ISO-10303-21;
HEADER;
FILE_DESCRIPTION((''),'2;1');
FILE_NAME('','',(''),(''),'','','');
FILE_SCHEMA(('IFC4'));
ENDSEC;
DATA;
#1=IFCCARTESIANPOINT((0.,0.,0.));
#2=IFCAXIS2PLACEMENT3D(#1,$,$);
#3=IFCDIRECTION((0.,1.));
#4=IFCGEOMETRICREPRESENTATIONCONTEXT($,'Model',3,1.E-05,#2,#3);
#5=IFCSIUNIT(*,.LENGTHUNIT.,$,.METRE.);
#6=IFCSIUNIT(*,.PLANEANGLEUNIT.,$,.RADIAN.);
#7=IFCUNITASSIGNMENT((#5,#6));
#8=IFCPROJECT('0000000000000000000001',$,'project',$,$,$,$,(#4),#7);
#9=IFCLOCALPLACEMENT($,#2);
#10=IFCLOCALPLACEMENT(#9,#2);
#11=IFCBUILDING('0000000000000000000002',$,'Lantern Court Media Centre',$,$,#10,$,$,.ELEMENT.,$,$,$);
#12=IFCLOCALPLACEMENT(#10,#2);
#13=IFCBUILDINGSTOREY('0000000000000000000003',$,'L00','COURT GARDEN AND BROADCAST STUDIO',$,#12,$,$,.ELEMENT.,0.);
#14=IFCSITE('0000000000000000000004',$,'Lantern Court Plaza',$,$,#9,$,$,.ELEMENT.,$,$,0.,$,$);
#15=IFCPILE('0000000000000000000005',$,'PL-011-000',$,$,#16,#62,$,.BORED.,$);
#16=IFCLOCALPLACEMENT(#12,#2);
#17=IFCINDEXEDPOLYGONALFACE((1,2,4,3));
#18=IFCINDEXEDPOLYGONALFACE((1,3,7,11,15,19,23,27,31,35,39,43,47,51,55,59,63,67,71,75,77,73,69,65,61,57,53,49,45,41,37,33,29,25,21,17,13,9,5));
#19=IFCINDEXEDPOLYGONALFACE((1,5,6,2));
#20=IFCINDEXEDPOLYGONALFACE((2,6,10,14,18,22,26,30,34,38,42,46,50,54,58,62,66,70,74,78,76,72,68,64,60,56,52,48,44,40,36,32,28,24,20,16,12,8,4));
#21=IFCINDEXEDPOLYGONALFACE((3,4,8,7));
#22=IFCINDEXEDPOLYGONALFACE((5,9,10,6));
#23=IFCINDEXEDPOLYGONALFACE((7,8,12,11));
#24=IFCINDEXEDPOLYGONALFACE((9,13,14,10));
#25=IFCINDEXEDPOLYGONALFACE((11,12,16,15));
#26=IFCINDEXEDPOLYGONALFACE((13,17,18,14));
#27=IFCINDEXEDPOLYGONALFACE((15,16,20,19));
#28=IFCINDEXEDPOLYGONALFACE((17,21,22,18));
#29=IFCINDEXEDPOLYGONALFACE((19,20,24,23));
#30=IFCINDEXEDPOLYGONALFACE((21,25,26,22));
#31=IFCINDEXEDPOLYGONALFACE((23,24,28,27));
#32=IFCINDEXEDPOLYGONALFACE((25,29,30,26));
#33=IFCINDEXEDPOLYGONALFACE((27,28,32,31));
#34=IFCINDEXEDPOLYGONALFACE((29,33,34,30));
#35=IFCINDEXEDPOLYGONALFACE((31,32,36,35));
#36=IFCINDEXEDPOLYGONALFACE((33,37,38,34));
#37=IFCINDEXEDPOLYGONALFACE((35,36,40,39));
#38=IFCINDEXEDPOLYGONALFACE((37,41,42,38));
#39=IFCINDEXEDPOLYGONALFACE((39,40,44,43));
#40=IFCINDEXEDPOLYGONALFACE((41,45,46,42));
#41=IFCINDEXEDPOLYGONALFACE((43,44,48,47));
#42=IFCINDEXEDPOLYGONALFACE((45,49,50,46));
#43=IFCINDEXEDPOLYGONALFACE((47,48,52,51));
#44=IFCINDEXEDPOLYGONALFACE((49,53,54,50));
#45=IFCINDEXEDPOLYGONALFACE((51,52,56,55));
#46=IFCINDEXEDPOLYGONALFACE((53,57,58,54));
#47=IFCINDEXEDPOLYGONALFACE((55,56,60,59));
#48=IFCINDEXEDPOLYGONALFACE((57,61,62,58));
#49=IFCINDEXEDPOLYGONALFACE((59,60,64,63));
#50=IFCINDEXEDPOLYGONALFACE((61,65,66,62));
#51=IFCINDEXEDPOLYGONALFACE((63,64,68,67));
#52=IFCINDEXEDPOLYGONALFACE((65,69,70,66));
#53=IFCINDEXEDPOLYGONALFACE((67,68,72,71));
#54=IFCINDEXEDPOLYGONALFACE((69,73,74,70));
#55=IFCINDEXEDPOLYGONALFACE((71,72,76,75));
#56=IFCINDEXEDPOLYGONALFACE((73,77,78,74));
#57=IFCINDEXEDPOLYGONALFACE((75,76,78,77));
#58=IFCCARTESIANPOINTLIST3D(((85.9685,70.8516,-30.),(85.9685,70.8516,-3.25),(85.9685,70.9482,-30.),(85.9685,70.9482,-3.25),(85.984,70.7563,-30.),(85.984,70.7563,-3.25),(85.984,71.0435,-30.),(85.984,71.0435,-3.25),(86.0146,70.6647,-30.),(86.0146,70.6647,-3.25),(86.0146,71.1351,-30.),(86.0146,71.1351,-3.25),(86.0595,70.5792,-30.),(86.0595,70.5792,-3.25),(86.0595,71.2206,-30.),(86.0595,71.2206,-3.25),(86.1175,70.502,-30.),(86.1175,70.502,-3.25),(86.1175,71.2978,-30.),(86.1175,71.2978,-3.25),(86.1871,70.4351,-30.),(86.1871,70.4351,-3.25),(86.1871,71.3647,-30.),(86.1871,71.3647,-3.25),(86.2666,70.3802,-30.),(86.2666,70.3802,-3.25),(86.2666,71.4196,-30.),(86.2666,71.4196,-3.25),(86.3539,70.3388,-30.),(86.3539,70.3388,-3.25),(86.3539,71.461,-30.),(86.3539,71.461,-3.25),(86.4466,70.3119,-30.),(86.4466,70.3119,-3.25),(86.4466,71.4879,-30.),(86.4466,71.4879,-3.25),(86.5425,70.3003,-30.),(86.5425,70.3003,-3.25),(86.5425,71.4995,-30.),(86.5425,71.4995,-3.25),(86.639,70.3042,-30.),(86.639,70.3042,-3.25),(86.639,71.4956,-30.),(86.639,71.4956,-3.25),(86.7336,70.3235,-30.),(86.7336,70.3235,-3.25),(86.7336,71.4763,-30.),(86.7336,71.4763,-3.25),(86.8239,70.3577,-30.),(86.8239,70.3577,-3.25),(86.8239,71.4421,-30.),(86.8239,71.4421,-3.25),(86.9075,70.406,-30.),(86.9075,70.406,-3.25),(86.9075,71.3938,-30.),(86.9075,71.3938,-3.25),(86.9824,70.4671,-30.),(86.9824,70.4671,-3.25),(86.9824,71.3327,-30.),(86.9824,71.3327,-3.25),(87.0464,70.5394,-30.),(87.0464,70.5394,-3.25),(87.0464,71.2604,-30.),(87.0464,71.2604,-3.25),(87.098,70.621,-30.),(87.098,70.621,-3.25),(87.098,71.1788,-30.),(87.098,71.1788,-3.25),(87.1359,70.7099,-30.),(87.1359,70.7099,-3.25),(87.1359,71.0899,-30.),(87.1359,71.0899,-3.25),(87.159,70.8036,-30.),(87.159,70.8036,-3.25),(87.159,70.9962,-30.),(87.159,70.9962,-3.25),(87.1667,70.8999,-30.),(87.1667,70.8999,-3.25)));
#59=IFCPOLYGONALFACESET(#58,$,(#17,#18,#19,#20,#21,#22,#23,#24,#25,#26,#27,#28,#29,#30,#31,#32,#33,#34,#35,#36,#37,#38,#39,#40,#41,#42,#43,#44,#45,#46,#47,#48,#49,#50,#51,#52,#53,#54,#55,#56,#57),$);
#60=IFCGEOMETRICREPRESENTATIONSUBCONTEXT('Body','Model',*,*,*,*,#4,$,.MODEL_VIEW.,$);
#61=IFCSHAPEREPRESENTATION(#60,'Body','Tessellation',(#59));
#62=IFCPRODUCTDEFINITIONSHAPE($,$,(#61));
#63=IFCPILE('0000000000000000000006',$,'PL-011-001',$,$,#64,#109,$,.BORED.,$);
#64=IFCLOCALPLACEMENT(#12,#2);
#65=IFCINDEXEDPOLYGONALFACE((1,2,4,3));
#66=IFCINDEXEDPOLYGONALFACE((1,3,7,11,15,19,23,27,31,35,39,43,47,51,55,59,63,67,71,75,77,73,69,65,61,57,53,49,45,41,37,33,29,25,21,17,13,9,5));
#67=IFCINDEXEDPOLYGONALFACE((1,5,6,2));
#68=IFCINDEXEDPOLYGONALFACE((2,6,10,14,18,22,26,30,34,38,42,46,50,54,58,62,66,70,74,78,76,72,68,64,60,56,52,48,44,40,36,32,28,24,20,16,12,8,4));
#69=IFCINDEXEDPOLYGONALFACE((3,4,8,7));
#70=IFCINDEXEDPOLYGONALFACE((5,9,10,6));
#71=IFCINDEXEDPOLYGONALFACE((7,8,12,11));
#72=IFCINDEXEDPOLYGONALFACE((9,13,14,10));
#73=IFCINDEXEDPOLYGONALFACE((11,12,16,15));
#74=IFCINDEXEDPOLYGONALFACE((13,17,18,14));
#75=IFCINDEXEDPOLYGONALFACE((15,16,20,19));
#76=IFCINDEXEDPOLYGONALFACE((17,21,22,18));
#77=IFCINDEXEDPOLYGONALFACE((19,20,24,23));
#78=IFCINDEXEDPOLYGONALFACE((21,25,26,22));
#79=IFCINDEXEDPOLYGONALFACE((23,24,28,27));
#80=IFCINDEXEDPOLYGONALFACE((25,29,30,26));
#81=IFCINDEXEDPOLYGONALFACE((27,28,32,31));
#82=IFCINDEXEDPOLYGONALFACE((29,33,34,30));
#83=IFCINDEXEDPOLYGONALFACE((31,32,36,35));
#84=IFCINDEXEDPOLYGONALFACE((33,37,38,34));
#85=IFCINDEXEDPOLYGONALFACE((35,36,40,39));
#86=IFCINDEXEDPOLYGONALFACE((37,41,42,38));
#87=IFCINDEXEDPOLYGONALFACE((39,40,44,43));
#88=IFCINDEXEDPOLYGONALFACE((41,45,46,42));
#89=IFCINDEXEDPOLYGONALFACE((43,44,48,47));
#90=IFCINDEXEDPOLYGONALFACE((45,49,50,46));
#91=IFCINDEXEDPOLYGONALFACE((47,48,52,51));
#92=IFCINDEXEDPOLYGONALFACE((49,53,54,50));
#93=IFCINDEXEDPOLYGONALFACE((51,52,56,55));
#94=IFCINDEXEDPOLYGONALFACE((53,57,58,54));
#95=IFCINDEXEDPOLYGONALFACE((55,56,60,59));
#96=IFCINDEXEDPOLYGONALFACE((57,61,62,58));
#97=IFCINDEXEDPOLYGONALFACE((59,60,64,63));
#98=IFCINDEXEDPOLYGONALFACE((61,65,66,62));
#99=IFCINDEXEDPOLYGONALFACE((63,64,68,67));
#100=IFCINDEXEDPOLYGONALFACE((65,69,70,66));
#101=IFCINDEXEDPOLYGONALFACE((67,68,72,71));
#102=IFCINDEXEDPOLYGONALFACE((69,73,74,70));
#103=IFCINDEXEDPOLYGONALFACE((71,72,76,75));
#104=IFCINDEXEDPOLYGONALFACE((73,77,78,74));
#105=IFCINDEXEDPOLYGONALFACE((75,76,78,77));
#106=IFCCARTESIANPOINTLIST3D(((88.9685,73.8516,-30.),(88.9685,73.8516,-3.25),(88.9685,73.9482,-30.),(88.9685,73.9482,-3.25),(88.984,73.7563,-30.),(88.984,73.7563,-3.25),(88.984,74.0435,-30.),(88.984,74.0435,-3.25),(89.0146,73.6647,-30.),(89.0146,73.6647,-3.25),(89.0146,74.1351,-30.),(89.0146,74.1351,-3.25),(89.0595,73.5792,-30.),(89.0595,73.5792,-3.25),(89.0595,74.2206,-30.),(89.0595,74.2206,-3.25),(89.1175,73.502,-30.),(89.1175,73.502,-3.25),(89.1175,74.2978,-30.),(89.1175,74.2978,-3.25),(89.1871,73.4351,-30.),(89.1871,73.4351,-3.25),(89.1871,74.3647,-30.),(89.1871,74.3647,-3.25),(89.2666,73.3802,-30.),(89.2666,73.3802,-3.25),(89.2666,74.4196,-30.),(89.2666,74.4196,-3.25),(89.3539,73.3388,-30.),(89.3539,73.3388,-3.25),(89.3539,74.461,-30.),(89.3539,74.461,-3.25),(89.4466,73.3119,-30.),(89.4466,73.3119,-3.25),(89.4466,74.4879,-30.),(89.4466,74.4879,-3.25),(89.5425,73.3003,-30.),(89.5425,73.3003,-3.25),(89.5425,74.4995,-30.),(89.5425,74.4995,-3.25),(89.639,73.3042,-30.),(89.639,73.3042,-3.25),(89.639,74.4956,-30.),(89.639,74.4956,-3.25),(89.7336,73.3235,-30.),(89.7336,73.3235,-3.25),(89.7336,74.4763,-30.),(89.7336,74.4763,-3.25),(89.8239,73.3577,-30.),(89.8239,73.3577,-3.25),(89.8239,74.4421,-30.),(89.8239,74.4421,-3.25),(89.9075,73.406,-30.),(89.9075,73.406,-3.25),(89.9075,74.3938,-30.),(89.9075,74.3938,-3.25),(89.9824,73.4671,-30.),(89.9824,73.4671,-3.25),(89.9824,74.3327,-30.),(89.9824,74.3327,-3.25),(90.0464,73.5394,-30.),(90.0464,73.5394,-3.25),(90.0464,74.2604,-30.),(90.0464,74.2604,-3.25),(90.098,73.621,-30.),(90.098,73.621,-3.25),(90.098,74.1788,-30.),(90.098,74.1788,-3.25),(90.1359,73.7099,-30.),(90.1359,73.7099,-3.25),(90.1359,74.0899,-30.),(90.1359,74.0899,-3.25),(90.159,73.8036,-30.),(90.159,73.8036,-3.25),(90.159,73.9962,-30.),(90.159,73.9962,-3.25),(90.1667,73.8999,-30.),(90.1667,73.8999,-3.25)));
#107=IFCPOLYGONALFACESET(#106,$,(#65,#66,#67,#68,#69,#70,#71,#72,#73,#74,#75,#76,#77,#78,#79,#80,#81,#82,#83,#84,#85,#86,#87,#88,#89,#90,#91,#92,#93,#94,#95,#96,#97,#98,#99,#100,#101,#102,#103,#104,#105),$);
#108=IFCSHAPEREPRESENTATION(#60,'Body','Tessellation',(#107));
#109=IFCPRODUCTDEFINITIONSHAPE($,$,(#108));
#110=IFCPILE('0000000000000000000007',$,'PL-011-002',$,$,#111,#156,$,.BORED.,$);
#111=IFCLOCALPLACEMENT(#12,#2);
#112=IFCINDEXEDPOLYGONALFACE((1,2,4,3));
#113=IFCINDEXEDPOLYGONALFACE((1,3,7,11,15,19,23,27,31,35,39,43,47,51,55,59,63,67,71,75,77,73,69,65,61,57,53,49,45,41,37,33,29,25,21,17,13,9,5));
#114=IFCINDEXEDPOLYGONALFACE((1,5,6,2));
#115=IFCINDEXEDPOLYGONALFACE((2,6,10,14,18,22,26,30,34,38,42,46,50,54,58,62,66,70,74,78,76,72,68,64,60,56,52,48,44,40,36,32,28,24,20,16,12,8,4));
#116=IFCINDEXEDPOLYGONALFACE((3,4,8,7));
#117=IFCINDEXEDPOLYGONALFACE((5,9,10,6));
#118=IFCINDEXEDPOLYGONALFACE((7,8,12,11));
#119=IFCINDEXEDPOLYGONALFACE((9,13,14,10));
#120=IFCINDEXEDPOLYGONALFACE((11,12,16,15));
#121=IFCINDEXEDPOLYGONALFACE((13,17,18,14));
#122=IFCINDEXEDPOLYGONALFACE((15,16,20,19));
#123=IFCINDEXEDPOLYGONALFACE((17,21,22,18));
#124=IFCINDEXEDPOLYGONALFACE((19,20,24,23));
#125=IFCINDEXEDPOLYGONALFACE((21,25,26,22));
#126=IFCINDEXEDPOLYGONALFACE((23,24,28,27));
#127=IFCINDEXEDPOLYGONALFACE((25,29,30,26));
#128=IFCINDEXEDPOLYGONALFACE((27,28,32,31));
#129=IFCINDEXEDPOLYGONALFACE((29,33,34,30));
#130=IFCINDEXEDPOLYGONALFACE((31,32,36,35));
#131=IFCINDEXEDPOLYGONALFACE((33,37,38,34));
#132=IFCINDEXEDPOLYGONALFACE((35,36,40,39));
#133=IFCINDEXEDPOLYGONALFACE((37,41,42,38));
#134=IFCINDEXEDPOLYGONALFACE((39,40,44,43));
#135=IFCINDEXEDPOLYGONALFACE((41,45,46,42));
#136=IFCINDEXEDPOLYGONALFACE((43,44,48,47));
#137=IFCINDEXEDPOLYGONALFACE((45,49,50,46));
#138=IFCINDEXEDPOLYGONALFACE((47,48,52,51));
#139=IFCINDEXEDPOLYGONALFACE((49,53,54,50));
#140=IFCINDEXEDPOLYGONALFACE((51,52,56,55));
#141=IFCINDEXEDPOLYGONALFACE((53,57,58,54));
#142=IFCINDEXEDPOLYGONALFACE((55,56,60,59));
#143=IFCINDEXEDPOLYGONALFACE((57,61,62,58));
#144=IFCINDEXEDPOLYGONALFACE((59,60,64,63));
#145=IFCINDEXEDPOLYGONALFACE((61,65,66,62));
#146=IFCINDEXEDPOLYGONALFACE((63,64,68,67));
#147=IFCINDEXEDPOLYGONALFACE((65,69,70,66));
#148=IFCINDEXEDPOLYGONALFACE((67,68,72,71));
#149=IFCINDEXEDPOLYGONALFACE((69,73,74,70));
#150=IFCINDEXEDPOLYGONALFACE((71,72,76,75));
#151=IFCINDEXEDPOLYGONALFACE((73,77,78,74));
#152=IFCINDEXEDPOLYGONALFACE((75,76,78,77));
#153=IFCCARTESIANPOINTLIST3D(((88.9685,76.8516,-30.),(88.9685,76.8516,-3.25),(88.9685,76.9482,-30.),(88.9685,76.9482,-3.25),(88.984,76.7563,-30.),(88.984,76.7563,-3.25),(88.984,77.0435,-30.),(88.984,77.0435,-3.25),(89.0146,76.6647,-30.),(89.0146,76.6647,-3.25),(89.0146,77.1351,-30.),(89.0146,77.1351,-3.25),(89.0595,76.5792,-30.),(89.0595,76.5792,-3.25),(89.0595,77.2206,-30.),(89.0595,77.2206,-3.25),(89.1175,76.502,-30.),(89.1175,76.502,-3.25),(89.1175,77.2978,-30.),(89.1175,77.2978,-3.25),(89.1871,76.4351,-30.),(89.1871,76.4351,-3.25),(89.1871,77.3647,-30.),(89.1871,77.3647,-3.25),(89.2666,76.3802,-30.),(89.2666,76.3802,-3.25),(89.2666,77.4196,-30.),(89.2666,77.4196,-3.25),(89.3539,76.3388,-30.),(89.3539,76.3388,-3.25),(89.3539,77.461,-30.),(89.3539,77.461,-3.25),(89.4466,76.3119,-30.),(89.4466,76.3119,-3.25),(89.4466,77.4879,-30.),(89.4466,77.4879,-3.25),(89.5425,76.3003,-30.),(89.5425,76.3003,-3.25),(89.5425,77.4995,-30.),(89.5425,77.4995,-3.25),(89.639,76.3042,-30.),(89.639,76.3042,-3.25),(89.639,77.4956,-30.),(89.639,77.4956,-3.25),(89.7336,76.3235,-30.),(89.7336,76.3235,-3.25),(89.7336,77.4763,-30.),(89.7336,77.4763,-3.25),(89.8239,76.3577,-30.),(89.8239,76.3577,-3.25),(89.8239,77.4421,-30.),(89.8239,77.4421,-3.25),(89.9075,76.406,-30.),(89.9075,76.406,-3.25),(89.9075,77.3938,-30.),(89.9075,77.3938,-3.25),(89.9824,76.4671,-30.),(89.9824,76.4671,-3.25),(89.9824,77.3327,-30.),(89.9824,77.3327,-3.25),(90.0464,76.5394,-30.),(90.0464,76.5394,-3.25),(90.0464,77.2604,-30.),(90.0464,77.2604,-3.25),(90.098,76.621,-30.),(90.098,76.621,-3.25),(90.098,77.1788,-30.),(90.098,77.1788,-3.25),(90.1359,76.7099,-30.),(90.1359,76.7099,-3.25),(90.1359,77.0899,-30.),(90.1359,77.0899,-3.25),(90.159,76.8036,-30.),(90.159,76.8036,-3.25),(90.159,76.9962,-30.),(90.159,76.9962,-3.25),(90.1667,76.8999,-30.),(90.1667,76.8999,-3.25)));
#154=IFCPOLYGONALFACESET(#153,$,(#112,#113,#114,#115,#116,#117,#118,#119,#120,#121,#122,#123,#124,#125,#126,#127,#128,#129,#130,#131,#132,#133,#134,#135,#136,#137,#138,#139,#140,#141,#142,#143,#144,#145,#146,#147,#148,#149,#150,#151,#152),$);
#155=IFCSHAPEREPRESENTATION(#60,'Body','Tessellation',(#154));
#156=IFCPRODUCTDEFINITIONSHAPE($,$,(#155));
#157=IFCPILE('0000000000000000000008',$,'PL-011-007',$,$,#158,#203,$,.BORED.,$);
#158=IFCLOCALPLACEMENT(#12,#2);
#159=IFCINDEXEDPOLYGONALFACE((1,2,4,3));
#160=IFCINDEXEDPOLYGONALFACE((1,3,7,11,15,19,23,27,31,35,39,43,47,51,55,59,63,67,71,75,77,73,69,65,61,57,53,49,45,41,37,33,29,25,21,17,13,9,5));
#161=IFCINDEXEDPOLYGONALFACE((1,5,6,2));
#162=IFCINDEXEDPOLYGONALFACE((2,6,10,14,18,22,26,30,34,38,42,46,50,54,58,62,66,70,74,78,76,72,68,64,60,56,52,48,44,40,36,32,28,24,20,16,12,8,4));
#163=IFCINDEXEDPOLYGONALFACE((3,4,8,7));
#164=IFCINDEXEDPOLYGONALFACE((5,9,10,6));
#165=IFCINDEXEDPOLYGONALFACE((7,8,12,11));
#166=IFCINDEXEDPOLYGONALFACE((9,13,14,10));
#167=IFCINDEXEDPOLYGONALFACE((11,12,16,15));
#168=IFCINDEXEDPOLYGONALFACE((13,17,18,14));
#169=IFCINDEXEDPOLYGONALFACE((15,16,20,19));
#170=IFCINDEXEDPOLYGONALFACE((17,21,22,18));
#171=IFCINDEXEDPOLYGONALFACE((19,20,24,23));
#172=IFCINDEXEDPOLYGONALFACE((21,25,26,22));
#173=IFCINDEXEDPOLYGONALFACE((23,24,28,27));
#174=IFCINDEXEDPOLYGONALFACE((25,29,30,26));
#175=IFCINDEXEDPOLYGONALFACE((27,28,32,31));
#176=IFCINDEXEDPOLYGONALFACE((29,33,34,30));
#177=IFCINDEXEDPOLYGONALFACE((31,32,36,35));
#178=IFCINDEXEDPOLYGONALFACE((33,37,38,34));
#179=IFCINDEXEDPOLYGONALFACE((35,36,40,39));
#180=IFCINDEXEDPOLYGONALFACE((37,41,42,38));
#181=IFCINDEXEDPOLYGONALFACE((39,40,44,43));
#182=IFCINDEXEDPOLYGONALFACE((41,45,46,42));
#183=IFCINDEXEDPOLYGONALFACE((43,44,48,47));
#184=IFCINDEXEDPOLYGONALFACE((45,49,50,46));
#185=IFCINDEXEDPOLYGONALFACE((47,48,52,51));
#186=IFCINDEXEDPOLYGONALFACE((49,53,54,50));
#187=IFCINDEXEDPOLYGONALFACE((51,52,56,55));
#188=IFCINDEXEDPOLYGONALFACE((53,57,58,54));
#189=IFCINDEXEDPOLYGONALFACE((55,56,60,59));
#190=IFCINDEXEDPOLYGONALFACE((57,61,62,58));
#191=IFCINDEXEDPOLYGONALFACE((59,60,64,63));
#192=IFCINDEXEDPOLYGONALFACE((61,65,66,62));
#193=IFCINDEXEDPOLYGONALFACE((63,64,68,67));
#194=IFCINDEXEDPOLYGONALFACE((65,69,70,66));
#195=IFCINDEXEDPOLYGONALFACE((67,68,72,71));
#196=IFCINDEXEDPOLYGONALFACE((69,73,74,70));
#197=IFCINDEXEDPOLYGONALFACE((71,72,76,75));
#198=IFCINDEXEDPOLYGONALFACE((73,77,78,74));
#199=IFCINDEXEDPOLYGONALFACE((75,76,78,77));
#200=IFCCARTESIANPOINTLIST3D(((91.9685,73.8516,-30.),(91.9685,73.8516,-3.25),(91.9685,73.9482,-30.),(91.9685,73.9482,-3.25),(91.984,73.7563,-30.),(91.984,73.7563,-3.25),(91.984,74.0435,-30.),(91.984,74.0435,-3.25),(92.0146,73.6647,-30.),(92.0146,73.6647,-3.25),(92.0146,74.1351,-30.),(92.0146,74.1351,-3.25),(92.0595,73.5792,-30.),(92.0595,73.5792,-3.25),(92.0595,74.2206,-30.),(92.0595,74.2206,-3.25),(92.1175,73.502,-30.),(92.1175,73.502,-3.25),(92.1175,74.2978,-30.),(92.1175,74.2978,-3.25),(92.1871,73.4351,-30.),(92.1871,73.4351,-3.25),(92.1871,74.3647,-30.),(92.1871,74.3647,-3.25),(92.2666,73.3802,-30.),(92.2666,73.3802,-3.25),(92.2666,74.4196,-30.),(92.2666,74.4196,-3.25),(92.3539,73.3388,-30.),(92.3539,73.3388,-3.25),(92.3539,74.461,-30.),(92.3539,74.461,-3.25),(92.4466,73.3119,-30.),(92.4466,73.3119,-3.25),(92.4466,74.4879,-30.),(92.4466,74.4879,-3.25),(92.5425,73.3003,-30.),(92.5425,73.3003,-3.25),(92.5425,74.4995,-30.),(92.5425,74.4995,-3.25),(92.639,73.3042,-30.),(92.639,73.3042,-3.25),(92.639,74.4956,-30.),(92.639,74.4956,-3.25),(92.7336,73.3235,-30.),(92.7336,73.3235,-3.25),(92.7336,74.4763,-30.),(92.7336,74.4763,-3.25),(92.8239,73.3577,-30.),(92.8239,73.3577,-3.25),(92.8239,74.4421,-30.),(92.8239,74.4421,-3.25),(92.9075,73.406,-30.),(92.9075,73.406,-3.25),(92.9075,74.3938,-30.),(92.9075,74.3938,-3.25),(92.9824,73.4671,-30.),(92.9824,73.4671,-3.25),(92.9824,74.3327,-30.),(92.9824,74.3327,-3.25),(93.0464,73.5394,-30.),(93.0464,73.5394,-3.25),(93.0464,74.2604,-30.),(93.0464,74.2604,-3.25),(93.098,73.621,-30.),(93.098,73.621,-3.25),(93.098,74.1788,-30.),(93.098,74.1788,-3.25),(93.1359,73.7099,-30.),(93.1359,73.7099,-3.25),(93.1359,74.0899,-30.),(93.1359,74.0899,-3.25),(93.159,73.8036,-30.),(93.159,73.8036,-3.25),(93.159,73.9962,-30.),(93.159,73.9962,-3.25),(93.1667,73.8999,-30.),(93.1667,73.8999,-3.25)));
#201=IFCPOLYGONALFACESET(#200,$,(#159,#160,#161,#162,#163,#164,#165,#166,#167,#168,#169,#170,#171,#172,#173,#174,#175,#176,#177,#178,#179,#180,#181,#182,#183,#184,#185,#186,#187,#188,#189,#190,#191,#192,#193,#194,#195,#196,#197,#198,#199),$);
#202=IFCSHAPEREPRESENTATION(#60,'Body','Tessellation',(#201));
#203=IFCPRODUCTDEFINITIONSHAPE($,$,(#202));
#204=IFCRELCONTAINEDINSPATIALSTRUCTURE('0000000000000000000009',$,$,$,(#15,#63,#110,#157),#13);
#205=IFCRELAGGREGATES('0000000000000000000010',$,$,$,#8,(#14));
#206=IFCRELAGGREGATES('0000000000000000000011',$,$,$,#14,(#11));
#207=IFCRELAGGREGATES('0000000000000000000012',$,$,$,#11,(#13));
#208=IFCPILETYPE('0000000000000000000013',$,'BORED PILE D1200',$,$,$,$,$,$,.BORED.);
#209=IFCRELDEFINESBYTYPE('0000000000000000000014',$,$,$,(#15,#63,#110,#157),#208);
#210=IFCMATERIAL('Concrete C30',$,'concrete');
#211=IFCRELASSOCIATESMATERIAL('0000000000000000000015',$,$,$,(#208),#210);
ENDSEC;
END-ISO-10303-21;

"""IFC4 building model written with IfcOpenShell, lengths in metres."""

from ifc_helpers import new_model, si_unit, direction, frame, origin, origin_2d, place, context, subcontext, project, spatial, circle, extrude, material, material_profile, profile_set, type_object, element, save


model = new_model("IFC4")

# Units and contexts
model_context = context("Model", 3, precision=1e-05, world=origin(), true_north=direction((0.0, 1.0)))
body_context = subcontext(model_context, "Body", "Model", "MODEL_VIEW")
ifc_project = project(units=[si_unit("LENGTHUNIT", "METRE"), si_unit("PLANEANGLEUNIT", "RADIAN")], contexts=[model_context])

# Site, building, storey
site_placement = place(None, origin())
site = spatial("IfcSite", under=ifc_project, at=site_placement, Name="Lantern Court Plaza", CompositionType="ELEMENT", RefElevation=0.0)
building_placement = place(site_placement, origin())
building = spatial("IfcBuilding", under=site, at=building_placement, Name="Lantern Court Media Centre", CompositionType="ELEMENT")
storey_placement = place(building_placement, origin())
storey = spatial("IfcBuildingStorey", under=building, at=storey_placement, Name="L00", Description="COURT GARDEN AND BROADCAST STUDIO", CompositionType="ELEMENT", Elevation=0.0)

# Piles
ifc_material_1 = material(Name="Concrete C30", Category="concrete")
ifc_material_profile_1 = material_profile(ifc_material_1, circle(Radius=0.6001, at=origin_2d()), Name="D1200")
ifc_profile_set_1 = profile_set([ifc_material_profile_1], Name="Concrete C30")
pile_type = type_object("IfcPileType", Name="BORED PILE D1200", PredefinedType="BORED", material=ifc_profile_set_1)
for number, where, z_axis, x_axis, name in (
    (1, (86.5667, 70.8999, -3.25), (0.0, 0.0, -1.0), (1.0, 0.0, 0.0), "PL-011-000"),
    (2, (89.5667, 73.8999, -3.25), (0.0, 0.0, -1.0), (1.0, 0.0, 0.0), "PL-011-001"),
    (3, (89.5667, 76.8999, -3.25), (0.0, 0.0, -1.0), (1.0, 0.0, 0.0), "PL-011-002"),
    (4, (92.5667, 73.8999, -3.25), (0.0, 0.0, -1.0), (1.0, 0.0, 0.0), "PL-011-007"),
):
    element("IfcPile", number, at=place(storey_placement, frame(where, z_axis=z_axis, x_axis=x_axis)), inside=storey, type_object=pile_type, Name=name, PredefinedType="BORED", context=body_context, shape_type="SweptSolid", body=[
        extrude(circle(Radius=0.6001, at=origin_2d()), origin(), (0.0, 0.0, 1.0), 26.75),
    ])

save(model, "model.ifc")
